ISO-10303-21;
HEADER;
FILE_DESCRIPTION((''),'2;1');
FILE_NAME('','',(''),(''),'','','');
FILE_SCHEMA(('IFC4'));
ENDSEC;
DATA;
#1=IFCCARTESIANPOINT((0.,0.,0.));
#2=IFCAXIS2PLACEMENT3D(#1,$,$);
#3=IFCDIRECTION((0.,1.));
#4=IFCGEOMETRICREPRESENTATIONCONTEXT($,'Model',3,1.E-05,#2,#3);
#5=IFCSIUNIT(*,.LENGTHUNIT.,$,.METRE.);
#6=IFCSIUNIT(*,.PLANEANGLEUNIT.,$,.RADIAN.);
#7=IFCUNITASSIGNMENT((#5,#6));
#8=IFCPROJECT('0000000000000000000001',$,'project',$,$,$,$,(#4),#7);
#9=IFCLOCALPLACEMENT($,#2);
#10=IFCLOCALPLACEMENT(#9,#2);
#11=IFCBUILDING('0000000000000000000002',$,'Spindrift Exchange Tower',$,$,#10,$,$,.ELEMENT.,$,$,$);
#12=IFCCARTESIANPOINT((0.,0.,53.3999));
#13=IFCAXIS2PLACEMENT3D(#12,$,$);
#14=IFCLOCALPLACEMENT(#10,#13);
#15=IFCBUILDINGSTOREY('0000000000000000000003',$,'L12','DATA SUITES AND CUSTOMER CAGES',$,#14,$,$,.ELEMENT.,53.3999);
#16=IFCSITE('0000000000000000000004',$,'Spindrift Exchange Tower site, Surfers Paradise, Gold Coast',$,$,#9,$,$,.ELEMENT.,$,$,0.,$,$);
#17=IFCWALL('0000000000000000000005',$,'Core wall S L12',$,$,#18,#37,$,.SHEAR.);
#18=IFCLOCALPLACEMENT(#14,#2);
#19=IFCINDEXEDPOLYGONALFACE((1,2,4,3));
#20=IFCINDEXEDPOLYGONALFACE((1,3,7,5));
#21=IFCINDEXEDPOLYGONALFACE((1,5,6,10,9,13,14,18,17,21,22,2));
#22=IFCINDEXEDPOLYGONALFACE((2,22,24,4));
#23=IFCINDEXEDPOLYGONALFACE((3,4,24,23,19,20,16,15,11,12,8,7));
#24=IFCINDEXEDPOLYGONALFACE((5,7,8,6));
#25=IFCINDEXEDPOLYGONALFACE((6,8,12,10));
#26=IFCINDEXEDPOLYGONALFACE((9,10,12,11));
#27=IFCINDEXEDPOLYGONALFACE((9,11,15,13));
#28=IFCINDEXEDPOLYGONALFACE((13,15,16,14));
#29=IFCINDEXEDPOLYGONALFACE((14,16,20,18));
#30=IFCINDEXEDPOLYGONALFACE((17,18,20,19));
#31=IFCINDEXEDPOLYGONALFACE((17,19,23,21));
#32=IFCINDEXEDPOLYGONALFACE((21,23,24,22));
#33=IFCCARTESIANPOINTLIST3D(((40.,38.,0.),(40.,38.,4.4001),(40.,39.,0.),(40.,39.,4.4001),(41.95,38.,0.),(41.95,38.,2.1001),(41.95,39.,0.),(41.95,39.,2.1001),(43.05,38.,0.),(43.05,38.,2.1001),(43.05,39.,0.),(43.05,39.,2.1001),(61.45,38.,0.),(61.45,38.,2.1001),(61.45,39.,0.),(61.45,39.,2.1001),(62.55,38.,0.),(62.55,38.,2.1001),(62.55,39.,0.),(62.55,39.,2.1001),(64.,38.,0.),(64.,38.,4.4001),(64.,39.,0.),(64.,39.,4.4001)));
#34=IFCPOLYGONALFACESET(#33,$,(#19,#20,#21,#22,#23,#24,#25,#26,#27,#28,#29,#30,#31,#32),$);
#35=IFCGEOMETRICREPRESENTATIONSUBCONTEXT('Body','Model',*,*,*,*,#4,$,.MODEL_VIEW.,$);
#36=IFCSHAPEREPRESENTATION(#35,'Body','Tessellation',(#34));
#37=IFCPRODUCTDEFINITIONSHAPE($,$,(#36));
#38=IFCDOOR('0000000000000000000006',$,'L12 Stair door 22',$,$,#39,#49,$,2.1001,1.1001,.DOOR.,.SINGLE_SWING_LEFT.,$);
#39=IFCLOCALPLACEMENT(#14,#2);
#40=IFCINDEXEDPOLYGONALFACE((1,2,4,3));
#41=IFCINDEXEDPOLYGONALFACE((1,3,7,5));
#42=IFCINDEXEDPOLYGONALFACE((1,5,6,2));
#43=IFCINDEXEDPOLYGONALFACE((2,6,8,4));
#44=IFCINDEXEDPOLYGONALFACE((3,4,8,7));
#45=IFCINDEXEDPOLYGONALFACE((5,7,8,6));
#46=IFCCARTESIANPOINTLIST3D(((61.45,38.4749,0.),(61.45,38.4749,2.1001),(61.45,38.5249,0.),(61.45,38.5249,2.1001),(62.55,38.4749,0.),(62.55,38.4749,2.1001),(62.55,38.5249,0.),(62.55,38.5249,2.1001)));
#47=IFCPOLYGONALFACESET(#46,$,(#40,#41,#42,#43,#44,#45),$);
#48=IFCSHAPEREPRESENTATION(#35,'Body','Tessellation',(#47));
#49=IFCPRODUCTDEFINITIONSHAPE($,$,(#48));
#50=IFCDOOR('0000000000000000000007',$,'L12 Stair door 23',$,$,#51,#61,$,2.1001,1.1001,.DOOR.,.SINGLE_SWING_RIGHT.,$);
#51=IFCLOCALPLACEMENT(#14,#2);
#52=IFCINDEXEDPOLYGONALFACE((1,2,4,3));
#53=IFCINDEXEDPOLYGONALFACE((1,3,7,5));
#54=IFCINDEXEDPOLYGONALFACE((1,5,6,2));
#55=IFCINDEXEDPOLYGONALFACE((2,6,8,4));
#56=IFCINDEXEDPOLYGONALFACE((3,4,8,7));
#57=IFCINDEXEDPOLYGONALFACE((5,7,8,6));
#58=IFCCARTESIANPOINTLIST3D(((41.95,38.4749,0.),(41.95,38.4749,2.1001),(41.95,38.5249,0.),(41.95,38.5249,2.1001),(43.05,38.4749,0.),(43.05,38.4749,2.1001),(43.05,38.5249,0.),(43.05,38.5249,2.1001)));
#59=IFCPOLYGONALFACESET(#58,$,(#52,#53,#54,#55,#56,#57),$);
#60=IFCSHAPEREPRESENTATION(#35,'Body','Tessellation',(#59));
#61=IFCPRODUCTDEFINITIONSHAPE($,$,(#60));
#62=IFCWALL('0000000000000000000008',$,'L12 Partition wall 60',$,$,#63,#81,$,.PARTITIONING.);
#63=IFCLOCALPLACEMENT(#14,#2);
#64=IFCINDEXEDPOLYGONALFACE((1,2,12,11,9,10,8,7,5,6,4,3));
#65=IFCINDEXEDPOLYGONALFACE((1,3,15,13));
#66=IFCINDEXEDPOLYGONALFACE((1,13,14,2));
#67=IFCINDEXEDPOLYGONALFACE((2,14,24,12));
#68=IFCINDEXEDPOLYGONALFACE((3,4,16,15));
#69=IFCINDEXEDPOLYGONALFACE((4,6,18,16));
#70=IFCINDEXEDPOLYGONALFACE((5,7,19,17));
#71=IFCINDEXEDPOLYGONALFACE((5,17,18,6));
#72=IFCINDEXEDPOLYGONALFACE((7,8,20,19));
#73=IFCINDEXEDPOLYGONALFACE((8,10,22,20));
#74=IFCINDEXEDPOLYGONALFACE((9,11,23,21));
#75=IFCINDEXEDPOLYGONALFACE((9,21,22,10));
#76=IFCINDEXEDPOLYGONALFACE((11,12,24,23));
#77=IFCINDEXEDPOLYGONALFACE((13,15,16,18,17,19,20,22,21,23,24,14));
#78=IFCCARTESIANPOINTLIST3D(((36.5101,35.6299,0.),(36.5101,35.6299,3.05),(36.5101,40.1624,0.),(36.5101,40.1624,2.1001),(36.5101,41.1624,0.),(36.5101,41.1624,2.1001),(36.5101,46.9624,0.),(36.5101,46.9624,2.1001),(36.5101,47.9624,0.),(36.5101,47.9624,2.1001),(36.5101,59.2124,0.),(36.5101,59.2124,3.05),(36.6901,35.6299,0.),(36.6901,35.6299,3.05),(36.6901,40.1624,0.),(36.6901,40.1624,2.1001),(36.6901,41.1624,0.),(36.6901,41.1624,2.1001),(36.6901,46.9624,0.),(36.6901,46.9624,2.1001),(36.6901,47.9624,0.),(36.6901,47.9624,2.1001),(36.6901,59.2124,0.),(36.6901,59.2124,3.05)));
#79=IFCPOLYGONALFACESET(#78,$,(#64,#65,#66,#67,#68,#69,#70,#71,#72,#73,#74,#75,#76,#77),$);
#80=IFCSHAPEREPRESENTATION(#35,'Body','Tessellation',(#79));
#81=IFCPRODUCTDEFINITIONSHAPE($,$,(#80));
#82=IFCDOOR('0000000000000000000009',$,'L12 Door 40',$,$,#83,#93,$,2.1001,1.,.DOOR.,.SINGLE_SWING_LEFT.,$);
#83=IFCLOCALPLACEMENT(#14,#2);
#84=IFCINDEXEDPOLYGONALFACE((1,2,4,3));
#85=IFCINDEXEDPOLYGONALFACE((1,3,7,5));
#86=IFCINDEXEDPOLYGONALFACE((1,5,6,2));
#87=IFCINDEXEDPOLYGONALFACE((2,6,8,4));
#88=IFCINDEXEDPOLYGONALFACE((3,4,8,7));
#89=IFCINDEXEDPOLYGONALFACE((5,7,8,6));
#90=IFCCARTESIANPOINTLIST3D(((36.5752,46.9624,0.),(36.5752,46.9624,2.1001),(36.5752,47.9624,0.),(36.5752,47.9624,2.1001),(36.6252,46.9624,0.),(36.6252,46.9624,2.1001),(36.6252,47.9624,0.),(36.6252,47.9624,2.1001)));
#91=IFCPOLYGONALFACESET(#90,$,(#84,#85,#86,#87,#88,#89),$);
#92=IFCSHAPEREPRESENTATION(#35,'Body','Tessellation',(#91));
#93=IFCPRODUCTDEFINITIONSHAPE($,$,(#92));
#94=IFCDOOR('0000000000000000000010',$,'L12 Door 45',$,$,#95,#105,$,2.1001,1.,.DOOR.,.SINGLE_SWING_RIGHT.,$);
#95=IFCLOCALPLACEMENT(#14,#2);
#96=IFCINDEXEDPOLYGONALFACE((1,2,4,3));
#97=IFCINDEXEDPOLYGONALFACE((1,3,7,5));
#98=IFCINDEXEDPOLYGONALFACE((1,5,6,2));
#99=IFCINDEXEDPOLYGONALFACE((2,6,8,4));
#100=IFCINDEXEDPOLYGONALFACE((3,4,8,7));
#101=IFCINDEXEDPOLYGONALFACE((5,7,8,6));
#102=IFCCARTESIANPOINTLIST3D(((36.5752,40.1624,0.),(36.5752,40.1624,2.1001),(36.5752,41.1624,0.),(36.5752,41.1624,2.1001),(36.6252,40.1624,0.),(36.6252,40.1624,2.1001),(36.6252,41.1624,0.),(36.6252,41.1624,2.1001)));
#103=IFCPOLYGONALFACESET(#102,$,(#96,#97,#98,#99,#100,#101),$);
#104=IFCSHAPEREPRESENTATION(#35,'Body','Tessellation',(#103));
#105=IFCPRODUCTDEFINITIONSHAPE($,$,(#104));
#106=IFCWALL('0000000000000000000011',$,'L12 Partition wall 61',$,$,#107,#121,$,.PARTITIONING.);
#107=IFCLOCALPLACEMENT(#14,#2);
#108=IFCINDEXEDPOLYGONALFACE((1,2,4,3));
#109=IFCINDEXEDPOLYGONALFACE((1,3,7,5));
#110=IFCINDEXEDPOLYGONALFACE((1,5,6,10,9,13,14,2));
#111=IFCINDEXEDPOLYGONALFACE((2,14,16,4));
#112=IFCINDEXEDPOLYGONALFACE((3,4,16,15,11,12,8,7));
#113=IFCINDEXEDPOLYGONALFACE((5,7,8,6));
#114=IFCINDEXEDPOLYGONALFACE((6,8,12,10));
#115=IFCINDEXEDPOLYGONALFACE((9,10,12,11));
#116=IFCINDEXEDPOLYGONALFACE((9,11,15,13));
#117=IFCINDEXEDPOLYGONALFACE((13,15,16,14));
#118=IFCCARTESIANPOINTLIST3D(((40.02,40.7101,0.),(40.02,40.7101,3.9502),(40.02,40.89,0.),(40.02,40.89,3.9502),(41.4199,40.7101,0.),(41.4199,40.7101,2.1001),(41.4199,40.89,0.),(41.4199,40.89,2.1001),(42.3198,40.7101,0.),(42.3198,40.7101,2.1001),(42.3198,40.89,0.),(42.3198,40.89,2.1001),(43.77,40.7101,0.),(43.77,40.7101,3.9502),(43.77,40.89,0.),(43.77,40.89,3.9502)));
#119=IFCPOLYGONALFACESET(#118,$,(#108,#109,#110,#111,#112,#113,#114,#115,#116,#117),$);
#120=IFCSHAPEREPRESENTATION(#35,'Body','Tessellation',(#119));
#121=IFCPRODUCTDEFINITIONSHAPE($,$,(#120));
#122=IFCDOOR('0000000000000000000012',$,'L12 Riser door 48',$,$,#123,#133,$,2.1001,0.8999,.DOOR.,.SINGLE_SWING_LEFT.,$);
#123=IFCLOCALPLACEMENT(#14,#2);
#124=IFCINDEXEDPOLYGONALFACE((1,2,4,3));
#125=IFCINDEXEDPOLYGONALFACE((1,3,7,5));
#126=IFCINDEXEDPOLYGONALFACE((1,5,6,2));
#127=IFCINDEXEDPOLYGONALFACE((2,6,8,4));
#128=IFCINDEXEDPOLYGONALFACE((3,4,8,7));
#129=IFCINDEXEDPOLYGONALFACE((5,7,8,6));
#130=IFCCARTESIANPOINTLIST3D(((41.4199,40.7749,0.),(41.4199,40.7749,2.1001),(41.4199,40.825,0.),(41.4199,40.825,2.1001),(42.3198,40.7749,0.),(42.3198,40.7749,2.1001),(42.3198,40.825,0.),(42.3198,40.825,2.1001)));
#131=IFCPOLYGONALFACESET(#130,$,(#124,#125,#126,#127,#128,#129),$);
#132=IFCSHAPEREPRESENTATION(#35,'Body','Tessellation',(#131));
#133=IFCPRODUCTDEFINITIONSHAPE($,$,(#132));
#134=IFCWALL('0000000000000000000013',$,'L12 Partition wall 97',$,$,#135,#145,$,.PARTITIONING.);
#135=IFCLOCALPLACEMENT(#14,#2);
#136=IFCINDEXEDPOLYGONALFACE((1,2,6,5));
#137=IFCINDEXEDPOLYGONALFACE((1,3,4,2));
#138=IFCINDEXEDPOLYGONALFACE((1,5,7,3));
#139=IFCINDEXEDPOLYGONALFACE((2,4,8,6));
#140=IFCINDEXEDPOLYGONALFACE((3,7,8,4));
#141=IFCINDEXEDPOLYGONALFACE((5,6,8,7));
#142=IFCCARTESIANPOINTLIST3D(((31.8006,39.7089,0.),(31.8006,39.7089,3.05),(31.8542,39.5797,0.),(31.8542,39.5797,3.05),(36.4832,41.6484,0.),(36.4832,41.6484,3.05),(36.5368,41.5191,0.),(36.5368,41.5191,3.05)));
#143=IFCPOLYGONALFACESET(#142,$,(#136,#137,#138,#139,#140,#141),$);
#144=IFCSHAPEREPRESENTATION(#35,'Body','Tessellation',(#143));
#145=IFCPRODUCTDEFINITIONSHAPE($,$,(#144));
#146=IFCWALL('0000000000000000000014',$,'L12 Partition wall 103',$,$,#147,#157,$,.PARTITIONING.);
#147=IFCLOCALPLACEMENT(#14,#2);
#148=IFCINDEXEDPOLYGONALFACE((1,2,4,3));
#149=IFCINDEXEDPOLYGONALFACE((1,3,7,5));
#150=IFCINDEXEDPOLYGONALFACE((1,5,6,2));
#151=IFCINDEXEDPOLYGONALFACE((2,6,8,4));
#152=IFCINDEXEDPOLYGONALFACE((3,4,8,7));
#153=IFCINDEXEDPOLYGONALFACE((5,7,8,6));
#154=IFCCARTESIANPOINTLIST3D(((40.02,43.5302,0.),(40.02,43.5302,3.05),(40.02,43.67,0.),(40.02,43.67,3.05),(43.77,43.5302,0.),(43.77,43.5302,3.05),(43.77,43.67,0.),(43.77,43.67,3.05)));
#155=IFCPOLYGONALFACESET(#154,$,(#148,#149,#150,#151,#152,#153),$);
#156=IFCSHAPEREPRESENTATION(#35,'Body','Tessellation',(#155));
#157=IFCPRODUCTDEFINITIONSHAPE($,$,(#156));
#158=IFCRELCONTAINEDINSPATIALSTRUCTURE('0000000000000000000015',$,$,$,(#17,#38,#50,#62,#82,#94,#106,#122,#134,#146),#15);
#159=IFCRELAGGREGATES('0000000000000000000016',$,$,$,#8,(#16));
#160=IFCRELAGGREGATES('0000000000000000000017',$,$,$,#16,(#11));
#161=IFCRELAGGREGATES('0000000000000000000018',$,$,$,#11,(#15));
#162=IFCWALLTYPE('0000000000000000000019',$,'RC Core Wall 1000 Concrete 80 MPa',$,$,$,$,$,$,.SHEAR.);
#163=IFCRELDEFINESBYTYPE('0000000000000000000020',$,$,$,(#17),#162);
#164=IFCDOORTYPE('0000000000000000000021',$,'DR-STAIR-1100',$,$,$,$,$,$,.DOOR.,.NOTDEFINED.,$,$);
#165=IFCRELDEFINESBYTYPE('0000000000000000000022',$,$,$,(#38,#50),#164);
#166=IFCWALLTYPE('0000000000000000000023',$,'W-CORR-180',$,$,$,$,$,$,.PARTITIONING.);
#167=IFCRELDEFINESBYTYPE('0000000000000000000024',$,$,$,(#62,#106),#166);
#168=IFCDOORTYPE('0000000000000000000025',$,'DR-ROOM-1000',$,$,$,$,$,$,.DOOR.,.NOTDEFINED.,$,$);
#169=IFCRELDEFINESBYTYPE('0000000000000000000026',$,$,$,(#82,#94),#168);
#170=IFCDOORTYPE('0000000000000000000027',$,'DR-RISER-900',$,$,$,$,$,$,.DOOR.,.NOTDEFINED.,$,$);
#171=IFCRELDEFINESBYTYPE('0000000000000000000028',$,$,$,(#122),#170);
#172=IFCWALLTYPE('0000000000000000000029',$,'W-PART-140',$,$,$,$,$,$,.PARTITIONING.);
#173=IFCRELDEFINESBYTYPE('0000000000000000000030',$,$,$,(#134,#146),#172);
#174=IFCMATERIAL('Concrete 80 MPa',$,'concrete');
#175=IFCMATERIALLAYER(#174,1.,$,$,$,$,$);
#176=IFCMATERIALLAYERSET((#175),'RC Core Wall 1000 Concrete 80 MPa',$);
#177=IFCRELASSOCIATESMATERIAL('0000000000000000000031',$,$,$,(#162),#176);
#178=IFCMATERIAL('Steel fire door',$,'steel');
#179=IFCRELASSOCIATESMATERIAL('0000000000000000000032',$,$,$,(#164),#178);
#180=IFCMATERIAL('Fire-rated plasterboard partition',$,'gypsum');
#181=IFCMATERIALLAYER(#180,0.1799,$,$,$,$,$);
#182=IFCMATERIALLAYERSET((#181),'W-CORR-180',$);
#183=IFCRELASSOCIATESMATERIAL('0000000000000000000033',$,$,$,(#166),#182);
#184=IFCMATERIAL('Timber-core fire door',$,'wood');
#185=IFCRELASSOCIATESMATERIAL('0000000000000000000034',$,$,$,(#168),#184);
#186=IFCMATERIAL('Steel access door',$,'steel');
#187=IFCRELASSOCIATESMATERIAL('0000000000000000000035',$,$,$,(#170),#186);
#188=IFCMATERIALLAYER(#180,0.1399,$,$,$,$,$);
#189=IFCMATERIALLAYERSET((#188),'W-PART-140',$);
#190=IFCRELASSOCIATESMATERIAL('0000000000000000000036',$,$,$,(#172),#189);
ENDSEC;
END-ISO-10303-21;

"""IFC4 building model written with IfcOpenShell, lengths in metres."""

from ifc_helpers import new_model, si_unit, direction, frame, frame_2d, origin, place, context, subcontext, project, spatial, rectangle, extrude, source, transform, mapped, material, layer, layer_set, type_object, element, fill, save


model = new_model("IFC4")

# Units and contexts
model_context = context("Model", 3, precision=1e-05, world=origin(), true_north=direction((0.0, 1.0)))
body_context = subcontext(model_context, "Body", "Model", "MODEL_VIEW")
ifc_project = project(units=[si_unit("LENGTHUNIT", "METRE"), si_unit("PLANEANGLEUNIT", "RADIAN")], contexts=[model_context])

# Site, building, storey
site_placement = place(None, origin())
site = spatial("IfcSite", under=ifc_project, at=site_placement, Name="Spindrift Exchange Tower site, Surfers Paradise, Gold Coast", CompositionType="ELEMENT", RefElevation=0.0)
building_placement = place(site_placement, origin())
building = spatial("IfcBuilding", under=site, at=building_placement, Name="Spindrift Exchange Tower", CompositionType="ELEMENT")
storey_placement = place(building_placement, frame((0.0, 0.0, 53.3999)))
storey = spatial("IfcBuildingStorey", under=building, at=storey_placement, Name="L12", Description="DATA SUITES AND CUSTOMER CAGES", CompositionType="ELEMENT", Elevation=53.3999)

# Shared definitions
ifc_material_1 = material(Name="Concrete 80 MPa", Category="concrete")

# Walls, openings, doors
ifc_layer_1 = layer(ifc_material_1, 1.0)
ifc_layer_set_1 = layer_set([ifc_layer_1], Name="RC Core Wall 1000 Concrete 80 MPa")
wall_type_1 = type_object("IfcWallType", Name="RC Core Wall 1000 Concrete 80 MPa", PredefinedType="SHEAR", material=ifc_layer_set_1)
wall_1_placement = place(storey_placement, frame((40.0, 38.5, 0.0), z_axis=(0.0, 0.0, 1.0), x_axis=(1.0, 0.0, 0.0)))
wall_1 = element("IfcWall", 1, at=wall_1_placement, inside=storey, type_object=wall_type_1, Name="Core wall S L12", PredefinedType="SHEAR", context=body_context, shape_type="SweptSolid", body=[
    extrude(rectangle(XDim=24.0, YDim=1.0, at=frame_2d((12.0, 0.0))), origin(), (0.0, 0.0, 1.0), 4.4001),
])
opening_1_placement = place(wall_1_placement, frame((21.45, 0.0, 0.0)))
opening_1 = element("IfcOpeningElement", 2, at=opening_1_placement, cuts=wall_1, PredefinedType="OPENING", context=body_context, shape_type="SweptSolid", body=[
    extrude(rectangle(XDim=1.1001, YDim=2.1001, at=frame_2d((0.55, 1.05))), frame((0.0, 0.51, 0.0), z_axis=(0.0, -1.0, 0.0), x_axis=(1.0, 0.0, 0.0)), (0.0, 0.0, 1.0), 1.02),
])
opening_2_placement = place(wall_1_placement, frame((1.95, 0.0, 0.0)))
opening_2 = element("IfcOpeningElement", 3, at=opening_2_placement, cuts=wall_1, PredefinedType="OPENING", context=body_context, shape_type="SweptSolid", body=[
    extrude(rectangle(XDim=1.1001, YDim=2.1001, at=frame_2d((0.55, 1.05))), frame((0.0, 0.51, 0.0), z_axis=(0.0, -1.0, 0.0), x_axis=(1.0, 0.0, 0.0)), (0.0, 0.0, 1.0), 1.02),
])
ifc_material_2 = material(Name="Steel fire door", Category="steel")
door_type_1 = type_object("IfcDoorType", Name="DR-STAIR-1100", OperationType="NOTDEFINED", PredefinedType="DOOR", material=ifc_material_2)
shared_shape_1 = source(origin(), body_context, "Body", "SweptSolid", [
    extrude(rectangle(XDim=1.1001, YDim=2.1001, at=frame_2d((0.55, 1.05))), frame((0.0, 0.0249, 0.0), z_axis=(0.0, -1.0, 0.0), x_axis=(1.0, 0.0, 0.0)), (0.0, 0.0, 1.0), 0.05),
])
door_1_placement = place(opening_1_placement, origin())
door_1 = element("IfcDoor", 4, at=door_1_placement, inside=storey, type_object=door_type_1, Name="L12 Stair door 22", OperationType="SINGLE_SWING_LEFT", OverallHeight=2.1001, OverallWidth=1.1001, PredefinedType="DOOR", context=body_context, shape_type="MappedRepresentation", body=[
    mapped(shared_shape_1, transform((0.0, 0.0, 0.0), scale=1.0)),
])
fill(opening_1, door_1)
door_2_placement = place(opening_2_placement, origin())
door_2 = element("IfcDoor", 5, at=door_2_placement, inside=storey, type_object=door_type_1, Name="L12 Stair door 23", OperationType="SINGLE_SWING_RIGHT", OverallHeight=2.1001, OverallWidth=1.1001, PredefinedType="DOOR", context=body_context, shape_type="MappedRepresentation", body=[
    mapped(shared_shape_1, transform((0.0, 0.0, 0.0), scale=1.0)),
])
fill(opening_2, door_2)
ifc_material_3 = material(Name="Fire-rated plasterboard partition", Category="gypsum")
ifc_layer_2 = layer(ifc_material_3, 0.1799)
ifc_layer_set_2 = layer_set([ifc_layer_2], Name="W-CORR-180")
wall_type_2 = type_object("IfcWallType", Name="W-CORR-180", PredefinedType="PARTITIONING", material=ifc_layer_set_2)
wall_2_placement = place(storey_placement, frame((36.6001, 35.6299, 0.0), z_axis=(0.0, 0.0, 1.0), x_axis=(0.0, 1.0, 0.0)))
wall_2 = element("IfcWall", 6, at=wall_2_placement, inside=storey, type_object=wall_type_2, Name="L12 Partition wall 60", PredefinedType="PARTITIONING", context=body_context, shape_type="SweptSolid", body=[
    extrude(rectangle(XDim=23.5825, YDim=0.1799, at=frame_2d((11.7913, 0.0))), origin(), (0.0, 0.0, 1.0), 3.05),
])
opening_3_placement = place(wall_2_placement, frame((11.3325, 0.0, 0.0)))
opening_3 = element("IfcOpeningElement", 7, at=opening_3_placement, cuts=wall_2, PredefinedType="OPENING", context=body_context, shape_type="SweptSolid", body=[
    extrude(rectangle(XDim=1.0, YDim=2.1001, at=frame_2d((0.5, 1.05))), frame((0.0, 0.0999, 0.0), z_axis=(0.0, -1.0, 0.0), x_axis=(1.0, 0.0, 0.0)), (0.0, 0.0, 1.0), 0.2),
])
opening_4_placement = place(wall_2_placement, frame((4.5325, 0.0, 0.0)))
opening_4 = element("IfcOpeningElement", 8, at=opening_4_placement, cuts=wall_2, PredefinedType="OPENING", context=body_context, shape_type="SweptSolid", body=[
    extrude(rectangle(XDim=1.0, YDim=2.1001, at=frame_2d((0.5, 1.05))), frame((0.0, 0.0999, 0.0), z_axis=(0.0, -1.0, 0.0), x_axis=(1.0, 0.0, 0.0)), (0.0, 0.0, 1.0), 0.2),
])
ifc_material_4 = material(Name="Timber-core fire door", Category="wood")
door_type_2 = type_object("IfcDoorType", Name="DR-ROOM-1000", OperationType="NOTDEFINED", PredefinedType="DOOR", material=ifc_material_4)
shared_shape_2 = source(origin(), body_context, "Body", "SweptSolid", [
    extrude(rectangle(XDim=1.0, YDim=2.1001, at=frame_2d((0.5, 1.05))), frame((0.0, 0.0249, 0.0), z_axis=(0.0, -1.0, 0.0), x_axis=(1.0, 0.0, 0.0)), (0.0, 0.0, 1.0), 0.05),
])
door_3_placement = place(opening_3_placement, origin())
door_3 = element("IfcDoor", 9, at=door_3_placement, inside=storey, type_object=door_type_2, Name="L12 Door 40", OperationType="SINGLE_SWING_LEFT", OverallHeight=2.1001, OverallWidth=1.0, PredefinedType="DOOR", context=body_context, shape_type="MappedRepresentation", body=[
    mapped(shared_shape_2, transform((0.0, 0.0, 0.0), scale=1.0)),
])
fill(opening_3, door_3)
door_4_placement = place(opening_4_placement, origin())
door_4 = element("IfcDoor", 10, at=door_4_placement, inside=storey, type_object=door_type_2, Name="L12 Door 45", OperationType="SINGLE_SWING_RIGHT", OverallHeight=2.1001, OverallWidth=1.0, PredefinedType="DOOR", context=body_context, shape_type="MappedRepresentation", body=[
    mapped(shared_shape_2, transform((0.0, 0.0, 0.0), scale=1.0)),
])
fill(opening_4, door_4)

# Wall, opening, door
wall_3_placement = place(storey_placement, frame((40.02, 40.8, 0.0), z_axis=(0.0, 0.0, 1.0), x_axis=(1.0, 0.0, 0.0)))
wall_3 = element("IfcWall", 11, at=wall_3_placement, inside=storey, type_object=wall_type_2, Name="L12 Partition wall 61", PredefinedType="PARTITIONING", context=body_context, shape_type="SweptSolid", body=[
    extrude(rectangle(XDim=3.75, YDim=0.1799, at=frame_2d((1.875, 0.0))), origin(), (0.0, 0.0, 1.0), 3.9502),
])
opening_5_placement = place(wall_3_placement, frame((1.3999, 0.0, 0.0)))
opening_5 = element("IfcOpeningElement", 12, at=opening_5_placement, cuts=wall_3, PredefinedType="OPENING", context=body_context, shape_type="SweptSolid", body=[
    extrude(rectangle(XDim=0.8999, YDim=2.1001, at=frame_2d((0.45, 1.05))), frame((0.0, 0.0999, 0.0), z_axis=(0.0, -1.0, 0.0), x_axis=(1.0, 0.0, 0.0)), (0.0, 0.0, 1.0), 0.2),
])
ifc_material_5 = material(Name="Steel access door", Category="steel")
door_type_3 = type_object("IfcDoorType", Name="DR-RISER-900", OperationType="NOTDEFINED", PredefinedType="DOOR", material=ifc_material_5)
shared_shape_3 = source(origin(), body_context, "Body", "SweptSolid", [
    extrude(rectangle(XDim=0.8999, YDim=2.1001, at=frame_2d((0.45, 1.05))), frame((0.0, 0.0249, 0.0), z_axis=(0.0, -1.0, 0.0), x_axis=(1.0, 0.0, 0.0)), (0.0, 0.0, 1.0), 0.05),
])
door_5_placement = place(opening_5_placement, origin())
door_5 = element("IfcDoor", 13, at=door_5_placement, inside=storey, type_object=door_type_3, Name="L12 Riser door 48", OperationType="SINGLE_SWING_LEFT", OverallHeight=2.1001, OverallWidth=0.8999, PredefinedType="DOOR", context=body_context, shape_type="MappedRepresentation", body=[
    mapped(shared_shape_3, transform((0.0, 0.0, 0.0), scale=1.0)),
])
fill(opening_5, door_5)

# Walls
ifc_layer_3 = layer(ifc_material_3, 0.1399)
ifc_layer_set_3 = layer_set([ifc_layer_3], Name="W-PART-140")
wall_type_3 = type_object("IfcWallType", Name="W-PART-140", PredefinedType="PARTITIONING", material=ifc_layer_set_3)
wall_4_placement = place(storey_placement, frame((36.51, 41.5837, 0.0), z_axis=(0.0, 0.0, 1.0), x_axis=(-0.92389, -0.382658, 0.0)))
element("IfcWall", 14, at=wall_4_placement, inside=storey, type_object=wall_type_3, Name="L12 Partition wall 97", PredefinedType="PARTITIONING", context=body_context, shape_type="SweptSolid", body=[
    extrude(rectangle(XDim=5.0684, YDim=0.1399, at=frame_2d((2.5342, 0.0))), origin(), (0.0, 0.0, 1.0), 3.05),
])
wall_5_placement = place(storey_placement, frame((43.77, 43.6001, 0.0), z_axis=(0.0, 0.0, 1.0), x_axis=(-1.0, 0.0, 0.0)))
element("IfcWall", 15, at=wall_5_placement, inside=storey, type_object=wall_type_3, Name="L12 Partition wall 103", PredefinedType="PARTITIONING", context=body_context, shape_type="SweptSolid", body=[
    extrude(rectangle(XDim=3.75, YDim=0.1399, at=frame_2d((1.875, 0.0))), origin(), (0.0, 0.0, 1.0), 3.05),
])

save(model, "model.ifc")
